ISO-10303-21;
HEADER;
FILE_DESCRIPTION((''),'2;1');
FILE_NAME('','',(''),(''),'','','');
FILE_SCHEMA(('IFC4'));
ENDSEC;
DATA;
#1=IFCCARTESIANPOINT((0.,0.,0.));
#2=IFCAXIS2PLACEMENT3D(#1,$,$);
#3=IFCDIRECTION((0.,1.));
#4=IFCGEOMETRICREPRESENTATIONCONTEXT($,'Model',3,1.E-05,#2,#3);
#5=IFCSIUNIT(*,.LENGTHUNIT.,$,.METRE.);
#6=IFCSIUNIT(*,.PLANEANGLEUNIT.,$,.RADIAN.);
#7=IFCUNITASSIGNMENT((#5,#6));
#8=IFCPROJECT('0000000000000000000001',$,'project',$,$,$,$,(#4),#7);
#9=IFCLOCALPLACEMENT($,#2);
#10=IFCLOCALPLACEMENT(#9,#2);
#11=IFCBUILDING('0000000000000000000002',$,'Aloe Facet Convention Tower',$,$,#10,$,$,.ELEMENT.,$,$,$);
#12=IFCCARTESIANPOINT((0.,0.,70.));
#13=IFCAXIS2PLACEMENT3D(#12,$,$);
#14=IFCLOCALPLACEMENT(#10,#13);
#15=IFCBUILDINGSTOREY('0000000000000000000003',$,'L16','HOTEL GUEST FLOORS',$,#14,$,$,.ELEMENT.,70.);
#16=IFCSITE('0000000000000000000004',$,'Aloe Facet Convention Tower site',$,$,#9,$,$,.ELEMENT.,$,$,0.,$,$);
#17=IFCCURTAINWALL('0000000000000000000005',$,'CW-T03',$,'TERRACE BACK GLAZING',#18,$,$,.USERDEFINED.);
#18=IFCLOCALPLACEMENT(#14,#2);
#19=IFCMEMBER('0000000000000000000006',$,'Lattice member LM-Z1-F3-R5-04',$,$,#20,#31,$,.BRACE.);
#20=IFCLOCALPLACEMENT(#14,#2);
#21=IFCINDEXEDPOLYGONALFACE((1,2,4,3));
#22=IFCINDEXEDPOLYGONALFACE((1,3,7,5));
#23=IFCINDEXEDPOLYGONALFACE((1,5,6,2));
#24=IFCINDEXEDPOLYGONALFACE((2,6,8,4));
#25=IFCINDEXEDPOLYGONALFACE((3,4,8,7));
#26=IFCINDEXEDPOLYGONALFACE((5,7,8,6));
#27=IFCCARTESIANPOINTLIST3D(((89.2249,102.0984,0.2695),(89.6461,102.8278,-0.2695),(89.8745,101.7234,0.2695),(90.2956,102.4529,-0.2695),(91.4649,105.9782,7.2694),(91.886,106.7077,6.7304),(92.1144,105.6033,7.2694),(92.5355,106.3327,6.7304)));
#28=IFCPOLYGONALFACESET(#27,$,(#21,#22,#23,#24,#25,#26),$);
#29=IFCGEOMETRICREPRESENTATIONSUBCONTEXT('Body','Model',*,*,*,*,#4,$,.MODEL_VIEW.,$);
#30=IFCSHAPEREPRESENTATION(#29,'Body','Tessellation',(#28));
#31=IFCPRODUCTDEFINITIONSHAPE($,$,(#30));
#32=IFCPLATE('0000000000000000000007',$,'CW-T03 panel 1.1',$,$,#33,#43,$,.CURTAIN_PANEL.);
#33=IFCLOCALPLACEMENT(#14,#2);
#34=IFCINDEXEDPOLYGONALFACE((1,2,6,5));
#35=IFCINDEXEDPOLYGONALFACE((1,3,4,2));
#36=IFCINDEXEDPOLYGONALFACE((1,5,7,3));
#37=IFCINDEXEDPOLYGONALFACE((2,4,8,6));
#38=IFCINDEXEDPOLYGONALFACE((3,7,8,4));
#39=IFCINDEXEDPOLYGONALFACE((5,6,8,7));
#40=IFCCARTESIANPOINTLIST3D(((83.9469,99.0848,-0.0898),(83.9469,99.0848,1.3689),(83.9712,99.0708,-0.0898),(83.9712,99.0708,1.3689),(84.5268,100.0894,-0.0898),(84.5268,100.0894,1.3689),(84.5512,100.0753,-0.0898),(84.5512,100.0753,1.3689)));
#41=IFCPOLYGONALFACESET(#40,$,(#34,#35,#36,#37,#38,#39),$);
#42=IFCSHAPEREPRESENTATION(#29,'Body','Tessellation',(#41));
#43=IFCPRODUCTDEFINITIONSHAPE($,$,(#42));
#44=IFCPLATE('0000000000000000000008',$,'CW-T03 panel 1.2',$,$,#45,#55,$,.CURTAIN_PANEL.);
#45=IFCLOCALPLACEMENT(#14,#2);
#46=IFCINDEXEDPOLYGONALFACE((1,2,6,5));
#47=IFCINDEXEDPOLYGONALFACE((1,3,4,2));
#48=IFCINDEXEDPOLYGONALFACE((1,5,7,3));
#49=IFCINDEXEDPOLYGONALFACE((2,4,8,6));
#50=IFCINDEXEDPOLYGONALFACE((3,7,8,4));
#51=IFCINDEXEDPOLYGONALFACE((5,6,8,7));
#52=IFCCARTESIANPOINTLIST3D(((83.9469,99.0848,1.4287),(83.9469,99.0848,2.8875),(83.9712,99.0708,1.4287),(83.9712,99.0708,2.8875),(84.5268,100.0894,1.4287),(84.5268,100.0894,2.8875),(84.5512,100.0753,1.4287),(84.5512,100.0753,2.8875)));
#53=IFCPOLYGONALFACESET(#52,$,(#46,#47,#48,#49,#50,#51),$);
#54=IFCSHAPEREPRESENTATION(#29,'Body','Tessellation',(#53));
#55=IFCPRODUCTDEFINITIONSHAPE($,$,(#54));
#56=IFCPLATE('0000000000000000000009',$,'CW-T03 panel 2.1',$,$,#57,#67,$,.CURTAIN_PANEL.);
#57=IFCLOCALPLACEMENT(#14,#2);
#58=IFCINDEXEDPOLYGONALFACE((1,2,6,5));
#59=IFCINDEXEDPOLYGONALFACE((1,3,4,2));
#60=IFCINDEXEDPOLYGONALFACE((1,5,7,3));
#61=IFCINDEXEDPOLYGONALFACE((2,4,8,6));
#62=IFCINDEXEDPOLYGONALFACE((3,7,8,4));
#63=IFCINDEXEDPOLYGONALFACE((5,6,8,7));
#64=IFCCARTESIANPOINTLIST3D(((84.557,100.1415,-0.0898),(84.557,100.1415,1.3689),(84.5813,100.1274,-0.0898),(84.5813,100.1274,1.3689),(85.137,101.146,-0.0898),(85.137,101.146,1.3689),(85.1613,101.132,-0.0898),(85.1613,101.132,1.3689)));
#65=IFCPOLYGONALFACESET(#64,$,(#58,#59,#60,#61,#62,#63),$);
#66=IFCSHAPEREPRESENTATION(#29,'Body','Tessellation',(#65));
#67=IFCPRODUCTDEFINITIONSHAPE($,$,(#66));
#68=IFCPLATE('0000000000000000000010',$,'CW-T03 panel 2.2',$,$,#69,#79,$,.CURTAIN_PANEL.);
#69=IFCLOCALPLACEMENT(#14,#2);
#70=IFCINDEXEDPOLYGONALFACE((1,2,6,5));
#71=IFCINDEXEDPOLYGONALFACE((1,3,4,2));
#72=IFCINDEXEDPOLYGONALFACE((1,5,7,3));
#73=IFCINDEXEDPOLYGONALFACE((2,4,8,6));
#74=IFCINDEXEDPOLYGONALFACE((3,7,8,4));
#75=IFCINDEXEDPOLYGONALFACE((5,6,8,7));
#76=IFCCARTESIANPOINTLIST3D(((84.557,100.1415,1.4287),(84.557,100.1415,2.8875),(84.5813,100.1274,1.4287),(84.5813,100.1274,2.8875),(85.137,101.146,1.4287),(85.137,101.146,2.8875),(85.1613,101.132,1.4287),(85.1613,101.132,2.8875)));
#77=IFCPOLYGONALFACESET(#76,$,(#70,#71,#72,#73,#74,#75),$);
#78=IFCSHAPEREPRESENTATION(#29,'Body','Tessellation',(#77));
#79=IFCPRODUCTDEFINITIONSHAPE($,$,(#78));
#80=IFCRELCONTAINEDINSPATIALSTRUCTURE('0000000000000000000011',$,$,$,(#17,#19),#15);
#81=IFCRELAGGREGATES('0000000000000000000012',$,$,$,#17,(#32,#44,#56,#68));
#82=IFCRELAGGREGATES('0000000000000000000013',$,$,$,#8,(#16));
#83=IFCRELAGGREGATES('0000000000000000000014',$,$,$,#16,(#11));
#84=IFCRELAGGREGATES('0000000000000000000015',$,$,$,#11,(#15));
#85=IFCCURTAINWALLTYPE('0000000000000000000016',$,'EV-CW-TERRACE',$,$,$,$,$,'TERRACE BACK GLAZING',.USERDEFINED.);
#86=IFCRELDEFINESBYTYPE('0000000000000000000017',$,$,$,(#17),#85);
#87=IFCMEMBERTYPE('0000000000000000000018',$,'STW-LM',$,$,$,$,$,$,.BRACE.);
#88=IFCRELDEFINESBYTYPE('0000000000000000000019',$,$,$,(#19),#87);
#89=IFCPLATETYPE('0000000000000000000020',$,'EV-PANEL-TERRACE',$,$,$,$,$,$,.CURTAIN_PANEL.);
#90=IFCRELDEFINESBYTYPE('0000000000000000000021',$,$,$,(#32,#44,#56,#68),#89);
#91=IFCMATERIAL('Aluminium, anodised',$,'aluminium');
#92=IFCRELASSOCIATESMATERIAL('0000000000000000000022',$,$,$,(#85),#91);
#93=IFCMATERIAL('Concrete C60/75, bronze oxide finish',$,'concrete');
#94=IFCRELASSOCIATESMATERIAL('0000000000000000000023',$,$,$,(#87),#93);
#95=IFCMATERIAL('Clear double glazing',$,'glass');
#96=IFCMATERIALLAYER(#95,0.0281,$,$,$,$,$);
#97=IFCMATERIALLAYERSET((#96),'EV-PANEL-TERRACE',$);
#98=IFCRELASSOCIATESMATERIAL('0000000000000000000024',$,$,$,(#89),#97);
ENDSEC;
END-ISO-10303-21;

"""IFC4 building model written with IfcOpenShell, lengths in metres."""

from ifc_helpers import new_model, si_unit, direction, frame, origin, origin_2d, place, context, subcontext, project, spatial, rectangle, extrude, material, layer, layer_set, material_profile, profile_set, type_object, element, aggregate, save


model = new_model("IFC4")

# Units and contexts
model_context = context("Model", 3, precision=1e-05, world=origin(), true_north=direction((0.0, 1.0)))
body_context = subcontext(model_context, "Body", "Model", "MODEL_VIEW")
ifc_project = project(units=[si_unit("LENGTHUNIT", "METRE"), si_unit("PLANEANGLEUNIT", "RADIAN")], contexts=[model_context])

# Site, building, storey
site_placement = place(None, origin())
site = spatial("IfcSite", under=ifc_project, at=site_placement, Name="Aloe Facet Convention Tower site", CompositionType="ELEMENT", RefElevation=0.0)
building_placement = place(site_placement, origin())
building = spatial("IfcBuilding", under=site, at=building_placement, Name="Aloe Facet Convention Tower", CompositionType="ELEMENT")
storey_placement = place(building_placement, frame((0.0, 0.0, 70.0)))
storey = spatial("IfcBuildingStorey", under=building, at=storey_placement, Name="L16", Description="HOTEL GUEST FLOORS", CompositionType="ELEMENT", Elevation=70.0)

# Curtain wall
ifc_material_1 = material(Name="Aluminium, anodised", Category="aluminium")
curtain_wall_type = type_object("IfcCurtainWallType", Name="EV-CW-TERRACE", ElementType="TERRACE BACK GLAZING", PredefinedType="USERDEFINED", material=ifc_material_1)
curtain_wall_placement = place(storey_placement, origin())
curtain_wall = element("IfcCurtainWall", 1, at=curtain_wall_placement, inside=storey, type_object=curtain_wall_type, Name="CW-T03", ObjectType="TERRACE BACK GLAZING", PredefinedType="USERDEFINED")

# Member
ifc_material_2 = material(Name="Concrete C60/75, bronze oxide finish", Category="concrete")
ifc_material_profile_1 = material_profile(ifc_material_2, rectangle(XDim=0.75, YDim=1.0, at=origin_2d()), Name="STW-LM")
ifc_profile_set_1 = profile_set([ifc_material_profile_1], Name="Concrete C60/75, bronze oxide finish")
member_type_1 = type_object("IfcMemberType", Name="STW-LM", PredefinedType="BRACE", material=ifc_profile_set_1)
for number, where, z_axis, x_axis, name in (
    (2, (89.7603, 102.2756, 0.0), (0.269524, 0.466843, 0.842267), (-0.866031, 0.49999, 0.0), "Lattice member LM-Z1-F3-R5-04"),
):
    element("IfcMember", number, at=place(storey_placement, frame(where, z_axis=z_axis, x_axis=x_axis)), inside=storey, type_object=member_type_1, Name=name, PredefinedType="BRACE", context=body_context, shape_type="SweptSolid", body=[
        extrude(rectangle(XDim=0.75, YDim=1.0, at=origin_2d()), origin(), (0.0, 0.0, 1.0), 8.3108),
    ])

# Plates
ifc_material_3 = material(Name="Clear double glazing", Category="glass")
ifc_layer_1 = layer(ifc_material_3, 0.0281)
ifc_layer_set_1 = layer_set([ifc_layer_1], Name="EV-PANEL-TERRACE")
plate_type = type_object("IfcPlateType", Name="EV-PANEL-TERRACE", PredefinedType="CURTAIN_PANEL", material=ifc_layer_set_1)
plate_1_placement = place(storey_placement, frame((84.249, 99.5801, -0.0898), z_axis=(0.0, 0.0, 1.0), x_axis=(0.5, 0.866025, 0.0)))
plate_1 = element("IfcPlate", 3, at=plate_1_placement, type_object=plate_type, Name="CW-T03 panel 1.1", PredefinedType="CURTAIN_PANEL", context=body_context, shape_type="SweptSolid", body=[
    extrude(rectangle(XDim=1.1599, YDim=0.0281, at=origin_2d()), origin(), (0.0, 0.0, 1.0), 1.4587),
])
plate_2_placement = place(storey_placement, frame((84.249, 99.5801, 1.4287), z_axis=(0.0, 0.0, 1.0), x_axis=(0.5, 0.866025, 0.0)))
plate_2 = element("IfcPlate", 4, at=plate_2_placement, type_object=plate_type, Name="CW-T03 panel 1.2", PredefinedType="CURTAIN_PANEL", context=body_context, shape_type="SweptSolid", body=[
    extrude(rectangle(XDim=1.1599, YDim=0.0281, at=origin_2d()), origin(), (0.0, 0.0, 1.0), 1.4587),
])
plate_3_placement = place(storey_placement, frame((84.8591, 100.6367, -0.0898), z_axis=(0.0, 0.0, 1.0), x_axis=(0.5, 0.866025, 0.0)))
plate_3 = element("IfcPlate", 5, at=plate_3_placement, type_object=plate_type, Name="CW-T03 panel 2.1", PredefinedType="CURTAIN_PANEL", context=body_context, shape_type="SweptSolid", body=[
    extrude(rectangle(XDim=1.1599, YDim=0.0281, at=origin_2d()), origin(), (0.0, 0.0, 1.0), 1.4587),
])
plate_4_placement = place(storey_placement, frame((84.8591, 100.6367, 1.4287), z_axis=(0.0, 0.0, 1.0), x_axis=(0.5, 0.866025, 0.0)))
plate_4 = element("IfcPlate", 6, at=plate_4_placement, type_object=plate_type, Name="CW-T03 panel 2.2", PredefinedType="CURTAIN_PANEL", context=body_context, shape_type="SweptSolid", body=[
    extrude(rectangle(XDim=1.1599, YDim=0.0281, at=origin_2d()), origin(), (0.0, 0.0, 1.0), 1.4587),
])
aggregate(curtain_wall, [plate_1, plate_2, plate_3, plate_4])

save(model, "model.ifc")
